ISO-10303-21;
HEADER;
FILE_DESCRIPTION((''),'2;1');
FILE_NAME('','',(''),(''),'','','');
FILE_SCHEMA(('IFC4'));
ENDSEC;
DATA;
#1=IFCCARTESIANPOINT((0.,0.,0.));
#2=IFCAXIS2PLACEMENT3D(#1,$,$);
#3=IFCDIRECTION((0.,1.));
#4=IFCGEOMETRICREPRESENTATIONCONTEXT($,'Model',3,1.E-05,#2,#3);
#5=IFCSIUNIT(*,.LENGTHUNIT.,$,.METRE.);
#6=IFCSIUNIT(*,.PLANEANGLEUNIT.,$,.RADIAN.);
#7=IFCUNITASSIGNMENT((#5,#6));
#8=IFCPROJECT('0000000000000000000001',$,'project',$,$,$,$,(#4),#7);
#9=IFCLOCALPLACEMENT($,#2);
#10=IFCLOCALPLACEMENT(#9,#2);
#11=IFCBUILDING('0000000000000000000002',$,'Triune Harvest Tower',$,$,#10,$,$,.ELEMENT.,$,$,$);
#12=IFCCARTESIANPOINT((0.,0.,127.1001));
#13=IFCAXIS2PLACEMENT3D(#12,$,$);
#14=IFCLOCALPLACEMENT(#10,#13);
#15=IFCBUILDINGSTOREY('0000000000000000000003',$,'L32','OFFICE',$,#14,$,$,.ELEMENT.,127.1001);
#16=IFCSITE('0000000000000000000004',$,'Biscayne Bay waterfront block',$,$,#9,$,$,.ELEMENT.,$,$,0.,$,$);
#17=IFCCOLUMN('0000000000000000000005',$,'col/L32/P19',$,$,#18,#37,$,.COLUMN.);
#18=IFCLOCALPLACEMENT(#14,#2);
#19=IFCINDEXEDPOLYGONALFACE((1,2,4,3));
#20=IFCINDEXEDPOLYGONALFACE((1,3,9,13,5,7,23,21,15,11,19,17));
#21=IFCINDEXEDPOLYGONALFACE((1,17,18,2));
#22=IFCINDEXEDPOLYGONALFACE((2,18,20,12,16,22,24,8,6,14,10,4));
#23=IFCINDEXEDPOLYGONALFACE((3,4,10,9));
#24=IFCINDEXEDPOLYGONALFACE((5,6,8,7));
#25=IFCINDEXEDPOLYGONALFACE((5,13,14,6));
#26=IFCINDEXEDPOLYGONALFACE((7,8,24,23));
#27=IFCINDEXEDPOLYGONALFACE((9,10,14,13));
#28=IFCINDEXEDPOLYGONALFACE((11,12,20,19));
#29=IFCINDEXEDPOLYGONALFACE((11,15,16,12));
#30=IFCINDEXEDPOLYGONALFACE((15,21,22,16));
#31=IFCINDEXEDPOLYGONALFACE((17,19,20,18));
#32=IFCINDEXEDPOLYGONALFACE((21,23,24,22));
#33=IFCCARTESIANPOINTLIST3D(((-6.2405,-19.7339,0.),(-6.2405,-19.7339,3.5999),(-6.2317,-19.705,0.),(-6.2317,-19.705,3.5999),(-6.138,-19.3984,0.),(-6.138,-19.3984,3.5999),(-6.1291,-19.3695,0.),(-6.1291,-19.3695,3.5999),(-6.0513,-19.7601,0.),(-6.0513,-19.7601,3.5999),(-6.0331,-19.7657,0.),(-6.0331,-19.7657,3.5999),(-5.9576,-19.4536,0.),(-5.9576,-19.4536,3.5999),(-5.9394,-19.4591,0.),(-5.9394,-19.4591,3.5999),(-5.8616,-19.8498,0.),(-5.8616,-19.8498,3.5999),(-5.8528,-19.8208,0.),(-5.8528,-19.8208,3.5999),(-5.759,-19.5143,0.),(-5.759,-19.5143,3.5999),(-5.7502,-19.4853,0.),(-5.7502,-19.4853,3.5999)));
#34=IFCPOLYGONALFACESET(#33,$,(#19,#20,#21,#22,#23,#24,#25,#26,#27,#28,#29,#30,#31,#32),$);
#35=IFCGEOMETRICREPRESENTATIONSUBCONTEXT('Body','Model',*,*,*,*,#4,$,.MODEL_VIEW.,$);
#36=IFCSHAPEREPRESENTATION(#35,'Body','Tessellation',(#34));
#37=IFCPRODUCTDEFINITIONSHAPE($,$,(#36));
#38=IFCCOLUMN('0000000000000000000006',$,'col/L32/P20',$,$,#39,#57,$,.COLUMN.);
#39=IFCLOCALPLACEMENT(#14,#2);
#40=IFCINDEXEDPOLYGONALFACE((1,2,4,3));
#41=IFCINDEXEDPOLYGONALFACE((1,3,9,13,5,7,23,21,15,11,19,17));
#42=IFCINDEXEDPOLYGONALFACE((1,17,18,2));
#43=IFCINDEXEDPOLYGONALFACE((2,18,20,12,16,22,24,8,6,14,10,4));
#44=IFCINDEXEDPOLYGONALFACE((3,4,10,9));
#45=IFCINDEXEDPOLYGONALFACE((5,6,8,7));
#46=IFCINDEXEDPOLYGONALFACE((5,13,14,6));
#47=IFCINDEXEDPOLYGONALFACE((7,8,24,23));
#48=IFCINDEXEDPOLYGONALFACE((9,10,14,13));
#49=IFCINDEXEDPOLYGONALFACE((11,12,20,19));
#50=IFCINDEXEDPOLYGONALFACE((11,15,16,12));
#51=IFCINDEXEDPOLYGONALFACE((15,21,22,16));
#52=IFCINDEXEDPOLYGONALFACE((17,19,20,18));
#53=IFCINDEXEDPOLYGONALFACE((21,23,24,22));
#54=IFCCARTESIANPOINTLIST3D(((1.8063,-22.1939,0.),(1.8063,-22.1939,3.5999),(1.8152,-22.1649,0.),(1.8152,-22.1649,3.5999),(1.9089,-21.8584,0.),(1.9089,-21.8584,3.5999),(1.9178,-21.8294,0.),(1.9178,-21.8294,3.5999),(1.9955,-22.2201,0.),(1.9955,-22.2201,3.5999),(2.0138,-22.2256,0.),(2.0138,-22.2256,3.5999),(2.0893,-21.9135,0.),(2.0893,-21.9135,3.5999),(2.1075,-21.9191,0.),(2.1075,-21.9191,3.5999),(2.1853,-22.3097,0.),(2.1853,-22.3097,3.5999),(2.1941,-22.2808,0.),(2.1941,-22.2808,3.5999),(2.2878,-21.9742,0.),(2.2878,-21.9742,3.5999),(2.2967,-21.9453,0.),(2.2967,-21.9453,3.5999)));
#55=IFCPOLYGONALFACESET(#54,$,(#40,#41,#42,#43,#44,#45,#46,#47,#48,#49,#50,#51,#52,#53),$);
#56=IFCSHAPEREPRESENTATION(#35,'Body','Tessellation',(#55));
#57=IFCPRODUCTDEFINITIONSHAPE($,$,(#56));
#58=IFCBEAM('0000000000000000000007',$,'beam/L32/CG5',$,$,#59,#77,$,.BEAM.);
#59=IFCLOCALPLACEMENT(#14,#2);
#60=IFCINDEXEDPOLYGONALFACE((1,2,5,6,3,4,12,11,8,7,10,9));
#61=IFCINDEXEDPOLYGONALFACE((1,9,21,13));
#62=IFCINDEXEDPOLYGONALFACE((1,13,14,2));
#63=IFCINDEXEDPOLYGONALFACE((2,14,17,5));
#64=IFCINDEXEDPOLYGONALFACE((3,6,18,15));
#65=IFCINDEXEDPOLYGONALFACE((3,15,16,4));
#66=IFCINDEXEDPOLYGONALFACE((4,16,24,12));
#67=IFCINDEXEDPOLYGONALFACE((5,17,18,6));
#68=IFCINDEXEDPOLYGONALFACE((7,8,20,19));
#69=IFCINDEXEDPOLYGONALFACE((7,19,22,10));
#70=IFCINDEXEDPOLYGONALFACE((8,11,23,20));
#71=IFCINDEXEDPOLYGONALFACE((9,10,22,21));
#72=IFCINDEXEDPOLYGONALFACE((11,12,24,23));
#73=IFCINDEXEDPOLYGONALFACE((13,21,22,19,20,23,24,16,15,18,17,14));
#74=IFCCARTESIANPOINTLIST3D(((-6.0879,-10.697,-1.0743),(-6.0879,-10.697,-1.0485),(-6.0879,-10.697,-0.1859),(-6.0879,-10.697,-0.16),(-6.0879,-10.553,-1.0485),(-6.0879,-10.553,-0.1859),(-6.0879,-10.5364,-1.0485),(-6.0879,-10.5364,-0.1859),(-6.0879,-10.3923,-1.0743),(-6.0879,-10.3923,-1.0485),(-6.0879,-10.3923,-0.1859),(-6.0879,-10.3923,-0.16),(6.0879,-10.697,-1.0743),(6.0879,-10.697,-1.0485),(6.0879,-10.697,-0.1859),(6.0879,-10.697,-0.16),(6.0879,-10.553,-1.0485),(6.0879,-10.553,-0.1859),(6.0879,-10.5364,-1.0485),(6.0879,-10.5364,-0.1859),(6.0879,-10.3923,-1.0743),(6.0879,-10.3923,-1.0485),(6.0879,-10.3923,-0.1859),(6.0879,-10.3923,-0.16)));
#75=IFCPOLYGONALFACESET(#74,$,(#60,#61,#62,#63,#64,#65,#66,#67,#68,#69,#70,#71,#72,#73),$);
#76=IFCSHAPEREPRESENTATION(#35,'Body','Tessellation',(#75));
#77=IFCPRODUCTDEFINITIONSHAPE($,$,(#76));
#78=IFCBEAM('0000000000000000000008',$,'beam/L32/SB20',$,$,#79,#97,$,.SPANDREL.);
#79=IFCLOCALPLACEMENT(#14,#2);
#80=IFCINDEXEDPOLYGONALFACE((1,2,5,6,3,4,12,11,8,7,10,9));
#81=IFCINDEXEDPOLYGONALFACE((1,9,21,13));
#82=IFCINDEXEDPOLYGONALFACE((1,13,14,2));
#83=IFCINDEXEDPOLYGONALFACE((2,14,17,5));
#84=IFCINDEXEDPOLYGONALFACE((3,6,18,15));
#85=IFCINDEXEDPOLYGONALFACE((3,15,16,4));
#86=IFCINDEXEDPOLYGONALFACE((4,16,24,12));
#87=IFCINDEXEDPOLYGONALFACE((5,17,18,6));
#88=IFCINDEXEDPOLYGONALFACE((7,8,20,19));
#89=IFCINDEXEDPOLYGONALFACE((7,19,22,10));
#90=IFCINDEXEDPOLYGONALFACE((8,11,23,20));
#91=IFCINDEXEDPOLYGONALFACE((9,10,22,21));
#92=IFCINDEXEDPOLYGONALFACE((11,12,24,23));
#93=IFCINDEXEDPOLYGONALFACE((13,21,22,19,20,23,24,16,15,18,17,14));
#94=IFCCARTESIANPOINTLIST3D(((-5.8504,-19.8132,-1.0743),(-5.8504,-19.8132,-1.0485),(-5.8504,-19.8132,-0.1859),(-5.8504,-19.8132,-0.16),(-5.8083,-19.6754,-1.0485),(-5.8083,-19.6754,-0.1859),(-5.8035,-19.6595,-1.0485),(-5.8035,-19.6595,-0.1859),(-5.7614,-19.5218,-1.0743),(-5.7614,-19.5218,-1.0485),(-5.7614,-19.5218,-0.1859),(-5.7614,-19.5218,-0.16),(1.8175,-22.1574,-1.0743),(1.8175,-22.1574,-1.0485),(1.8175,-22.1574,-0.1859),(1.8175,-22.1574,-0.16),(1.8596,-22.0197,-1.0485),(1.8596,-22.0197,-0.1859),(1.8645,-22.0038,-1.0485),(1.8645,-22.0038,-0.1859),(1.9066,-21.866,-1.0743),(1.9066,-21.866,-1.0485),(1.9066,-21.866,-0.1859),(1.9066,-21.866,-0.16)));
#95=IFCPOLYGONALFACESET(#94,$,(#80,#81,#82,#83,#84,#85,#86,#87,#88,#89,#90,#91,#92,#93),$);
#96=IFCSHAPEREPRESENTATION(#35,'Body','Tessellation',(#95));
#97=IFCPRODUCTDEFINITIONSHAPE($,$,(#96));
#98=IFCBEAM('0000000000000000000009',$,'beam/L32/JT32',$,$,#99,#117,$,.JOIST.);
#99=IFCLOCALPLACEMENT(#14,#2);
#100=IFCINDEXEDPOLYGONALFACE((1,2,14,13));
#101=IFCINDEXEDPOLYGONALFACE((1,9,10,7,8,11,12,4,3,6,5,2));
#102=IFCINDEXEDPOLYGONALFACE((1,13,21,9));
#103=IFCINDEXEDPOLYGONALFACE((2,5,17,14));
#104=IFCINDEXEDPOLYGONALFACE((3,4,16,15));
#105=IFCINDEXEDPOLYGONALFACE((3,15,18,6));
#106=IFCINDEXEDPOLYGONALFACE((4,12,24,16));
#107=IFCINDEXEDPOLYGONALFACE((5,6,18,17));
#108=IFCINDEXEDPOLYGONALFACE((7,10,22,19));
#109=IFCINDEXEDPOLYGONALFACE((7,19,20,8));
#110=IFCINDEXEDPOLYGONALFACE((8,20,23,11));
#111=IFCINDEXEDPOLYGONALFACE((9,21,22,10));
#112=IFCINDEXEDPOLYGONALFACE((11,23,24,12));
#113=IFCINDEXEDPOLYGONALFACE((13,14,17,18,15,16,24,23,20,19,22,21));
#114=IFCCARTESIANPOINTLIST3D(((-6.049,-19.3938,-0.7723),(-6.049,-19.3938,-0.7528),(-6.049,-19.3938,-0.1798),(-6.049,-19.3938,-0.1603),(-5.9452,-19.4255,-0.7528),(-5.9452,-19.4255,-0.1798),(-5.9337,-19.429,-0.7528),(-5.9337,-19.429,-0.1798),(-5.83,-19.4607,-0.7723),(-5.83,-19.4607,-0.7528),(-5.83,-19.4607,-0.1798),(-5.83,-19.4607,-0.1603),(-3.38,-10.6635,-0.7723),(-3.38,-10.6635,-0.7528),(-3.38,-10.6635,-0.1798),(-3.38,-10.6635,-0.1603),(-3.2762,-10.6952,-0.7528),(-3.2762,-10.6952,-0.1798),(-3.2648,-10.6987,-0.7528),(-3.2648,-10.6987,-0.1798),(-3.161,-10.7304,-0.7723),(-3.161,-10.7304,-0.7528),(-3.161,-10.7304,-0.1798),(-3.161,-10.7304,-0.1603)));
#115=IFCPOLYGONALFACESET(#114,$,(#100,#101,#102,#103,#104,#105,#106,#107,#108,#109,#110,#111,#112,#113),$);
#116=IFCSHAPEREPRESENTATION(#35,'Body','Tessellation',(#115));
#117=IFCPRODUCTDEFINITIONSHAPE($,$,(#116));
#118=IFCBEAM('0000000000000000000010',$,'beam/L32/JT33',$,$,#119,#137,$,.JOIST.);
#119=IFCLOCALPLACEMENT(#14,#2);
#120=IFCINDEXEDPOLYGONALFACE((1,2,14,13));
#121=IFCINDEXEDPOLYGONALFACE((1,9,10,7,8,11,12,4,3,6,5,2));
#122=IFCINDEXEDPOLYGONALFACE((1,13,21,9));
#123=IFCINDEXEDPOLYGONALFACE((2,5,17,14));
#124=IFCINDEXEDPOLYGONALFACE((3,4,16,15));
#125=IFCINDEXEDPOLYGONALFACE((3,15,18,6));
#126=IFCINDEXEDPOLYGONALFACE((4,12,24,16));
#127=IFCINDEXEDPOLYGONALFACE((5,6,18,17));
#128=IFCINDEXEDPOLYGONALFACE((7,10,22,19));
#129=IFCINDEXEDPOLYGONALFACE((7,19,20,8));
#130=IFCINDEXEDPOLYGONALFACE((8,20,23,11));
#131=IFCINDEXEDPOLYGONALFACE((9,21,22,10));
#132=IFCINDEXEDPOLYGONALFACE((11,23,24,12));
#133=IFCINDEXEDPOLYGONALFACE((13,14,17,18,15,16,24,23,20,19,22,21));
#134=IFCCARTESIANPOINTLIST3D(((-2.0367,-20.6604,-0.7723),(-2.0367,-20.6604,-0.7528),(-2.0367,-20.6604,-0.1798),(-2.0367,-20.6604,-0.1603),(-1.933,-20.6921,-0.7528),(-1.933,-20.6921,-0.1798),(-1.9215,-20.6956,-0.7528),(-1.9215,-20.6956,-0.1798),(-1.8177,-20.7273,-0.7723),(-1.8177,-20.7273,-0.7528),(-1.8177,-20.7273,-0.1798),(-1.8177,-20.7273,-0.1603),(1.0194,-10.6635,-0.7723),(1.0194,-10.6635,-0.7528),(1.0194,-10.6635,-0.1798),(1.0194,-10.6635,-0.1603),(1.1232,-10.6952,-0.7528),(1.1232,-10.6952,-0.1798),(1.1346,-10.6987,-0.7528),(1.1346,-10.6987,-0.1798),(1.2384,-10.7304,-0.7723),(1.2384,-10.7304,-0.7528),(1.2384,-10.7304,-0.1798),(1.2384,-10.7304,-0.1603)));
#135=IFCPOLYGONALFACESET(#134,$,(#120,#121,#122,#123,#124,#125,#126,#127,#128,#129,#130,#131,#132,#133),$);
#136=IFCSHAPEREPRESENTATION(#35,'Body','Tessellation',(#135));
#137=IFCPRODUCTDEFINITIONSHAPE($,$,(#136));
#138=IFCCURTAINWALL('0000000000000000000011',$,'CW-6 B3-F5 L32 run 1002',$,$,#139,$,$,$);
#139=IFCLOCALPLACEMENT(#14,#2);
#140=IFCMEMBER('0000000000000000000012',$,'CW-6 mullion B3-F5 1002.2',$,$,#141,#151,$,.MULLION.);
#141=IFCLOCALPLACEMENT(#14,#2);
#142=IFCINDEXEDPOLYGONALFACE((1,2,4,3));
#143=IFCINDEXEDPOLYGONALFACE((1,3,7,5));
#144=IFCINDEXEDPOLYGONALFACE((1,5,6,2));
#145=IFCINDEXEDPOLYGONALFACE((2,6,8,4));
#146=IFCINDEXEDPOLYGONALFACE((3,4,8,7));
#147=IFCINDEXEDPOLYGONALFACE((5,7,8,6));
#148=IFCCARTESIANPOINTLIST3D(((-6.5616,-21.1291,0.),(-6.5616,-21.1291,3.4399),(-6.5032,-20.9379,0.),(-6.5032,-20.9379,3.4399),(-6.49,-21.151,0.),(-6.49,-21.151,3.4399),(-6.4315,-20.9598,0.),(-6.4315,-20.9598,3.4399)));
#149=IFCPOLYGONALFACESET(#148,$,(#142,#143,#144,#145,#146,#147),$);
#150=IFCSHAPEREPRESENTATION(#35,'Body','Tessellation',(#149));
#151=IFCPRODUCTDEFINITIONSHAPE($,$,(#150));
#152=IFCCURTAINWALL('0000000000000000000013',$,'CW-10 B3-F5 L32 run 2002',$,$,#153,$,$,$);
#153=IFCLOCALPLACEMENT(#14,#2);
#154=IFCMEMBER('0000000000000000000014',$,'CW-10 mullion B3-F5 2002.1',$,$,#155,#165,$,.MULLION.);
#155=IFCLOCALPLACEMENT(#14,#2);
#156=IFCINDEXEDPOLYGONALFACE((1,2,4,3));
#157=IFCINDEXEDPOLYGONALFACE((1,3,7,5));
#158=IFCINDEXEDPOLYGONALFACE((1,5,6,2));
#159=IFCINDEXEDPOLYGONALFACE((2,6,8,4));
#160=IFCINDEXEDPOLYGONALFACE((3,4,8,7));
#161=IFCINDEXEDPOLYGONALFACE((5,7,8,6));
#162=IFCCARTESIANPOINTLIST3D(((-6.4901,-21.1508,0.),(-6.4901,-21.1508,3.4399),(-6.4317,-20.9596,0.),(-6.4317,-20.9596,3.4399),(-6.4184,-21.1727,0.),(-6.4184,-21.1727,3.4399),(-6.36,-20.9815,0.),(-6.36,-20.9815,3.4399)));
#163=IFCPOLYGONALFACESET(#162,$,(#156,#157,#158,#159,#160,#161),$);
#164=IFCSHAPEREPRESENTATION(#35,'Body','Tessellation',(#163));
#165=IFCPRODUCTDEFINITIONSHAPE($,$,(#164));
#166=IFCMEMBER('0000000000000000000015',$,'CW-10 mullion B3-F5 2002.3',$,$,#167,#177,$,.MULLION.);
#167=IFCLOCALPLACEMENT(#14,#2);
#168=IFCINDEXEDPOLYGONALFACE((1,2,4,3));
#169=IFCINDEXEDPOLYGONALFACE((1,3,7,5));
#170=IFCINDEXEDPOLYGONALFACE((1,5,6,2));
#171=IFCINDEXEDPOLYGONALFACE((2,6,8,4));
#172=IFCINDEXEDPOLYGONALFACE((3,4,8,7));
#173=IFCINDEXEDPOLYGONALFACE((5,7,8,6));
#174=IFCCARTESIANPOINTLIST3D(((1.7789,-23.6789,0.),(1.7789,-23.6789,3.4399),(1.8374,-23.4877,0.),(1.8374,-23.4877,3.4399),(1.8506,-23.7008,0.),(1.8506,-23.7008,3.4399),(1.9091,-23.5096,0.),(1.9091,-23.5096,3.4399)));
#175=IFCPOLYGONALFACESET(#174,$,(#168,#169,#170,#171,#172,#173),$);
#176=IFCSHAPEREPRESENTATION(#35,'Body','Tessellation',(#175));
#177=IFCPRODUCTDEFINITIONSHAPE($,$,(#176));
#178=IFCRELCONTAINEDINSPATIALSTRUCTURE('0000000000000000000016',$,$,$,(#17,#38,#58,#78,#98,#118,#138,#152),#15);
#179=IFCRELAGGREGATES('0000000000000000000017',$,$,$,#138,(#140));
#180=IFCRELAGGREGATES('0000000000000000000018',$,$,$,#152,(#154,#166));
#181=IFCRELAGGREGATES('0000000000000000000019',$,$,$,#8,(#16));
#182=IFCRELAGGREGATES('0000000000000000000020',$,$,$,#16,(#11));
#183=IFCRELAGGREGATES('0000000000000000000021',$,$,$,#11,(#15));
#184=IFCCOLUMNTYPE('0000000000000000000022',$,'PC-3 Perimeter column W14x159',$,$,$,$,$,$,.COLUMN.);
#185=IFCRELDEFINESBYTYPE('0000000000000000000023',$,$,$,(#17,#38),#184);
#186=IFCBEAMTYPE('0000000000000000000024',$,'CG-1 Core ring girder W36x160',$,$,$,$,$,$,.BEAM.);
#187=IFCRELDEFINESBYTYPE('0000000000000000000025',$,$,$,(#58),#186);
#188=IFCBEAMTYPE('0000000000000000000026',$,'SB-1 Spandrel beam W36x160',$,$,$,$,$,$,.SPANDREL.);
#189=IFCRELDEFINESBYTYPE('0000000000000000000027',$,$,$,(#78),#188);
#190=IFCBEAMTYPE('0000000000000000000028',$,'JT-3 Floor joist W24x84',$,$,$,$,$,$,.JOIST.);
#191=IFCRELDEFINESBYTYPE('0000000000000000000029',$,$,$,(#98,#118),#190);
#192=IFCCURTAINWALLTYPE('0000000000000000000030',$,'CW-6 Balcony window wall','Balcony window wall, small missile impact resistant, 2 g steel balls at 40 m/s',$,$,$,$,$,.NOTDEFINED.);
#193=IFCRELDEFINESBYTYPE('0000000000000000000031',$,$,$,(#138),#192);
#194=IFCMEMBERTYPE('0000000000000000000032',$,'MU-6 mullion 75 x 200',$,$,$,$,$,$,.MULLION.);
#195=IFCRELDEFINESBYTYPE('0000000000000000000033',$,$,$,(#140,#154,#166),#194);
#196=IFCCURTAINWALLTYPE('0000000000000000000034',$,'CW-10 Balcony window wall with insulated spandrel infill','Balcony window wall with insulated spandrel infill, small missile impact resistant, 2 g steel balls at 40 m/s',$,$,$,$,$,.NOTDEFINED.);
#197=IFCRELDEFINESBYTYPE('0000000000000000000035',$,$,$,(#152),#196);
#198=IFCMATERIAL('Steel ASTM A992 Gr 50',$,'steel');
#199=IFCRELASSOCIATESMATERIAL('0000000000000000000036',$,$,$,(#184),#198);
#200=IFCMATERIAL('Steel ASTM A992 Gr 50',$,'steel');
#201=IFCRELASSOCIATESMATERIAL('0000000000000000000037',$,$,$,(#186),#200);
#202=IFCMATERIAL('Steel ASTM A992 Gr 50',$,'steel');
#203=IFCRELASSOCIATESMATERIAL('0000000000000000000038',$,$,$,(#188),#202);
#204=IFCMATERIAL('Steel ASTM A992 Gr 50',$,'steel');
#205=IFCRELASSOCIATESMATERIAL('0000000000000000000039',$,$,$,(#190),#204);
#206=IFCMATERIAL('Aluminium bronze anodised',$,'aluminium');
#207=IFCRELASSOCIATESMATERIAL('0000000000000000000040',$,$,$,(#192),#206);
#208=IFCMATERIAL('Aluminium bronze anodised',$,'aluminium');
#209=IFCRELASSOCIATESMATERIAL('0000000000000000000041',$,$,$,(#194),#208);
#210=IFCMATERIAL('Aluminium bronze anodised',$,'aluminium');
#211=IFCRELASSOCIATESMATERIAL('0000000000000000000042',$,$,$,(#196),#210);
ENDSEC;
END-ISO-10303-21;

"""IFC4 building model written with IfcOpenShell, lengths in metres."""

from ifc_helpers import new_model, si_unit, direction, frame, origin, origin_2d, place, context, subcontext, project, spatial, rectangle, i_section, extrude, source, transform, mapped, material, material_profile, profile_set, type_object, element, aggregate, save


model = new_model("IFC4")

# Units and contexts
model_context = context("Model", 3, precision=1e-05, world=origin(), true_north=direction((0.0, 1.0)))
body_context = subcontext(model_context, "Body", "Model", "MODEL_VIEW")
ifc_project = project(units=[si_unit("LENGTHUNIT", "METRE"), si_unit("PLANEANGLEUNIT", "RADIAN")], contexts=[model_context])

# Site, building, storey
site_placement = place(None, origin())
site = spatial("IfcSite", under=ifc_project, at=site_placement, Name="Biscayne Bay waterfront block", CompositionType="ELEMENT", RefElevation=0.0)
building_placement = place(site_placement, origin())
building = spatial("IfcBuilding", under=site, at=building_placement, Name="Triune Harvest Tower", CompositionType="ELEMENT")
storey_placement = place(building_placement, frame((0.0, 0.0, 127.1001)))
storey = spatial("IfcBuildingStorey", under=building, at=storey_placement, Name="L32", Description="OFFICE", CompositionType="ELEMENT", Elevation=127.1001)

# Columns
ifc_material_1 = material(Name="Steel ASTM A992 Gr 50", Category="steel")
ifc_material_profile_1 = material_profile(ifc_material_1, i_section(OverallWidth=0.3962, OverallDepth=0.3811, WebThickness=0.019, FlangeThickness=0.0303, at=origin_2d()), Name="W14x159")
ifc_profile_set_1 = profile_set([ifc_material_profile_1], Name="Steel ASTM A992 Gr 50")
column_type = type_object("IfcColumnType", Name="PC-3 Perimeter column W14x159", PredefinedType="COLUMN", material=ifc_profile_set_1)
shared_shape_1 = source(origin(), body_context, "Body", "SweptSolid", [
    extrude(i_section(OverallWidth=0.3962, OverallDepth=0.3811, WebThickness=0.019, FlangeThickness=0.0303, at=origin_2d()), origin(), (0.0, 0.0, 1.0), 3.5999),
])
for number, where, z_axis, x_axis, name in (
    (1, (-5.9954, -19.6096, 0.0), (0.0, 0.0, 1.0), (0.956305, -0.292372, 0.0), "col/L32/P19"),
    (2, (2.0515, -22.0696, 0.0), (0.0, 0.0, 1.0), (0.956305, -0.292372, 0.0), "col/L32/P20"),
):
    element("IfcColumn", number, at=place(storey_placement, frame(where, z_axis=z_axis, x_axis=x_axis)), inside=storey, type_object=column_type, Name=name, PredefinedType="COLUMN", context=body_context, shape_type="MappedRepresentation", body=[
        mapped(shared_shape_1, transform((0.0, 0.0, 0.0), scale=1.0)),
    ])

# Beams
ifc_material_2 = material(Name="Steel ASTM A992 Gr 50", Category="steel")
ifc_material_profile_2 = material_profile(ifc_material_2, i_section(OverallWidth=0.3047, OverallDepth=0.9143, WebThickness=0.0166, FlangeThickness=0.0259, at=origin_2d()), Name="W36x160")
ifc_profile_set_2 = profile_set([ifc_material_profile_2], Name="Steel ASTM A992 Gr 50")
beam_type_1 = type_object("IfcBeamType", Name="CG-1 Core ring girder W36x160", PredefinedType="BEAM", material=ifc_profile_set_2)
shared_shape_2 = source(origin(), body_context, "Body", "SweptSolid", [
    extrude(i_section(OverallWidth=0.3047, OverallDepth=0.9143, WebThickness=0.0166, FlangeThickness=0.0259, at=origin_2d()), origin(), (0.0, 0.0, 1.0), 12.1758),
])
beam_1_placement = place(storey_placement, frame((-6.0879, -10.5447, -0.6172), z_axis=(1.0, 0.0, 0.0), x_axis=(0.0, 1.0, 0.0)))
element("IfcBeam", 3, at=beam_1_placement, inside=storey, type_object=beam_type_1, Name="beam/L32/CG5", PredefinedType="BEAM", context=body_context, shape_type="MappedRepresentation", body=[
    mapped(shared_shape_2, transform((0.0, 0.0, 0.0), scale=1.0)),
])
ifc_material_3 = material(Name="Steel ASTM A992 Gr 50", Category="steel")
ifc_material_profile_3 = material_profile(ifc_material_3, i_section(OverallWidth=0.3047, OverallDepth=0.9143, WebThickness=0.0166, FlangeThickness=0.0259, at=origin_2d()), Name="W36x160")
ifc_profile_set_3 = profile_set([ifc_material_profile_3], Name="Steel ASTM A992 Gr 50")
beam_type_2 = type_object("IfcBeamType", Name="SB-1 Spandrel beam W36x160", PredefinedType="SPANDREL", material=ifc_profile_set_3)
shared_shape_3 = source(origin(), body_context, "Body", "SweptSolid", [
    extrude(i_section(OverallWidth=0.3047, OverallDepth=0.9143, WebThickness=0.0166, FlangeThickness=0.0259, at=origin_2d()), origin(), (0.0, 0.0, 1.0), 8.0183),
])
beam_2_placement = place(storey_placement, frame((-5.8059, -19.6675, -0.6172), z_axis=(0.956308, -0.292361, 0.0), x_axis=(0.292361, 0.956308, 0.0)))
element("IfcBeam", 4, at=beam_2_placement, inside=storey, type_object=beam_type_2, Name="beam/L32/SB20", PredefinedType="SPANDREL", context=body_context, shape_type="MappedRepresentation", body=[
    mapped(shared_shape_3, transform((0.0, 0.0, 0.0), scale=1.0)),
])
ifc_material_4 = material(Name="Steel ASTM A992 Gr 50", Category="steel")
ifc_material_profile_4 = material_profile(ifc_material_4, i_section(OverallWidth=0.229, OverallDepth=0.6121, WebThickness=0.012, FlangeThickness=0.0195, at=origin_2d()), Name="W24x84")
ifc_profile_set_4 = profile_set([ifc_material_profile_4], Name="Steel ASTM A992 Gr 50")
beam_type_3 = type_object("IfcBeamType", Name="JT-3 Floor joist W24x84", PredefinedType="JOIST", material=ifc_profile_set_4)
shared_shape_4 = source(origin(), body_context, "Body", "SweptSolid", [
    extrude(i_section(OverallWidth=0.229, OverallDepth=0.6121, WebThickness=0.012, FlangeThickness=0.0195, at=origin_2d()), origin(), (0.0, 0.0, 1.0), 9.1292),
])
beam_3_placement = place(storey_placement, frame((-5.9395, -19.4272, -0.4663), z_axis=(0.292356, 0.956309, 0.0), x_axis=(-0.956309, 0.292356, 0.0)))
element("IfcBeam", 5, at=beam_3_placement, inside=storey, type_object=beam_type_3, Name="beam/L32/JT32", PredefinedType="JOIST", context=body_context, shape_type="MappedRepresentation", body=[
    mapped(shared_shape_4, transform((0.0, 0.0, 0.0), scale=1.0)),
])
shared_shape_5 = source(origin(), body_context, "Body", "SweptSolid", [
    extrude(i_section(OverallWidth=0.229, OverallDepth=0.6121, WebThickness=0.012, FlangeThickness=0.0195, at=origin_2d()), origin(), (0.0, 0.0, 1.0), 10.4536),
])
beam_4_placement = place(storey_placement, frame((-1.9272, -20.6938, -0.4663), z_axis=(0.292356, 0.95631, 0.0), x_axis=(-0.95631, 0.292356, 0.0)))
element("IfcBeam", 6, at=beam_4_placement, inside=storey, type_object=beam_type_3, Name="beam/L32/JT33", PredefinedType="JOIST", context=body_context, shape_type="MappedRepresentation", body=[
    mapped(shared_shape_5, transform((0.0, 0.0, 0.0), scale=1.0)),
])

# Curtain wall, member
ifc_material_5 = material(Name="Aluminium bronze anodised", Category="aluminium")
curtain_wall_type_1 = type_object("IfcCurtainWallType", Name="CW-6 Balcony window wall", Description="Balcony window wall, small missile impact resistant, 2 g steel balls at 40 m/s", PredefinedType="NOTDEFINED", material=ifc_material_5)
curtain_wall_1_placement = place(storey_placement, origin())
curtain_wall_1 = element("IfcCurtainWall", 7, at=curtain_wall_1_placement, inside=storey, type_object=curtain_wall_type_1, Name="CW-6 B3-F5 L32 run 1002")
ifc_material_6 = material(Name="Aluminium bronze anodised", Category="aluminium")
ifc_material_profile_5 = material_profile(ifc_material_6, rectangle(XDim=0.2, YDim=0.075, at=origin_2d()), Name="MU-6 mullion 75 x 200")
ifc_profile_set_5 = profile_set([ifc_material_profile_5], Name="Aluminium bronze anodised")
member_type_1 = type_object("IfcMemberType", Name="MU-6 mullion 75 x 200", PredefinedType="MULLION", material=ifc_profile_set_5)
shared_shape_6 = source(origin(), body_context, "Body", "SweptSolid", [
    extrude(rectangle(XDim=0.2, YDim=0.075, at=origin_2d()), origin(), (0.0, 0.0, 1.0), 3.4399),
])
member_1_placement = place(storey_placement, frame((-6.4966, -21.0444, 0.0), z_axis=(0.0, 0.0, 1.0), x_axis=(0.292368, 0.956306, 0.0)))
member_1 = element("IfcMember", 8, at=member_1_placement, type_object=member_type_1, Name="CW-6 mullion B3-F5 1002.2", PredefinedType="MULLION", context=body_context, shape_type="MappedRepresentation", body=[
    mapped(shared_shape_6, transform((0.0, 0.0, 0.0), scale=1.0)),
])
aggregate(curtain_wall_1, [member_1])

# Curtain wall, members
ifc_material_7 = material(Name="Aluminium bronze anodised", Category="aluminium")
curtain_wall_type_2 = type_object("IfcCurtainWallType", Name="CW-10 Balcony window wall with insulated spandrel infill", Description="Balcony window wall with insulated spandrel infill, small missile impact resistant, 2 g steel balls at 40 m/s", PredefinedType="NOTDEFINED", material=ifc_material_7)
curtain_wall_2_placement = place(storey_placement, origin())
curtain_wall_2 = element("IfcCurtainWall", 9, at=curtain_wall_2_placement, inside=storey, type_object=curtain_wall_type_2, Name="CW-10 B3-F5 L32 run 2002")
member_2_placement = place(storey_placement, frame((-6.425, -21.0662, 0.0), z_axis=(0.0, 0.0, 1.0), x_axis=(0.292368, 0.956306, 0.0)))
member_2 = element("IfcMember", 10, at=member_2_placement, type_object=member_type_1, Name="CW-10 mullion B3-F5 2002.1", PredefinedType="MULLION", context=body_context, shape_type="MappedRepresentation", body=[
    mapped(shared_shape_6, transform((0.0, 0.0, 0.0), scale=1.0)),
])
member_3_placement = place(storey_placement, frame((1.844, -23.5942, 0.0), z_axis=(0.0, 0.0, 1.0), x_axis=(0.292368, 0.956306, 0.0)))
member_3 = element("IfcMember", 11, at=member_3_placement, type_object=member_type_1, Name="CW-10 mullion B3-F5 2002.3", PredefinedType="MULLION", context=body_context, shape_type="MappedRepresentation", body=[
    mapped(shared_shape_6, transform((0.0, 0.0, 0.0), scale=1.0)),
])
aggregate(curtain_wall_2, [member_2, member_3])

save(model, "model.ifc")
